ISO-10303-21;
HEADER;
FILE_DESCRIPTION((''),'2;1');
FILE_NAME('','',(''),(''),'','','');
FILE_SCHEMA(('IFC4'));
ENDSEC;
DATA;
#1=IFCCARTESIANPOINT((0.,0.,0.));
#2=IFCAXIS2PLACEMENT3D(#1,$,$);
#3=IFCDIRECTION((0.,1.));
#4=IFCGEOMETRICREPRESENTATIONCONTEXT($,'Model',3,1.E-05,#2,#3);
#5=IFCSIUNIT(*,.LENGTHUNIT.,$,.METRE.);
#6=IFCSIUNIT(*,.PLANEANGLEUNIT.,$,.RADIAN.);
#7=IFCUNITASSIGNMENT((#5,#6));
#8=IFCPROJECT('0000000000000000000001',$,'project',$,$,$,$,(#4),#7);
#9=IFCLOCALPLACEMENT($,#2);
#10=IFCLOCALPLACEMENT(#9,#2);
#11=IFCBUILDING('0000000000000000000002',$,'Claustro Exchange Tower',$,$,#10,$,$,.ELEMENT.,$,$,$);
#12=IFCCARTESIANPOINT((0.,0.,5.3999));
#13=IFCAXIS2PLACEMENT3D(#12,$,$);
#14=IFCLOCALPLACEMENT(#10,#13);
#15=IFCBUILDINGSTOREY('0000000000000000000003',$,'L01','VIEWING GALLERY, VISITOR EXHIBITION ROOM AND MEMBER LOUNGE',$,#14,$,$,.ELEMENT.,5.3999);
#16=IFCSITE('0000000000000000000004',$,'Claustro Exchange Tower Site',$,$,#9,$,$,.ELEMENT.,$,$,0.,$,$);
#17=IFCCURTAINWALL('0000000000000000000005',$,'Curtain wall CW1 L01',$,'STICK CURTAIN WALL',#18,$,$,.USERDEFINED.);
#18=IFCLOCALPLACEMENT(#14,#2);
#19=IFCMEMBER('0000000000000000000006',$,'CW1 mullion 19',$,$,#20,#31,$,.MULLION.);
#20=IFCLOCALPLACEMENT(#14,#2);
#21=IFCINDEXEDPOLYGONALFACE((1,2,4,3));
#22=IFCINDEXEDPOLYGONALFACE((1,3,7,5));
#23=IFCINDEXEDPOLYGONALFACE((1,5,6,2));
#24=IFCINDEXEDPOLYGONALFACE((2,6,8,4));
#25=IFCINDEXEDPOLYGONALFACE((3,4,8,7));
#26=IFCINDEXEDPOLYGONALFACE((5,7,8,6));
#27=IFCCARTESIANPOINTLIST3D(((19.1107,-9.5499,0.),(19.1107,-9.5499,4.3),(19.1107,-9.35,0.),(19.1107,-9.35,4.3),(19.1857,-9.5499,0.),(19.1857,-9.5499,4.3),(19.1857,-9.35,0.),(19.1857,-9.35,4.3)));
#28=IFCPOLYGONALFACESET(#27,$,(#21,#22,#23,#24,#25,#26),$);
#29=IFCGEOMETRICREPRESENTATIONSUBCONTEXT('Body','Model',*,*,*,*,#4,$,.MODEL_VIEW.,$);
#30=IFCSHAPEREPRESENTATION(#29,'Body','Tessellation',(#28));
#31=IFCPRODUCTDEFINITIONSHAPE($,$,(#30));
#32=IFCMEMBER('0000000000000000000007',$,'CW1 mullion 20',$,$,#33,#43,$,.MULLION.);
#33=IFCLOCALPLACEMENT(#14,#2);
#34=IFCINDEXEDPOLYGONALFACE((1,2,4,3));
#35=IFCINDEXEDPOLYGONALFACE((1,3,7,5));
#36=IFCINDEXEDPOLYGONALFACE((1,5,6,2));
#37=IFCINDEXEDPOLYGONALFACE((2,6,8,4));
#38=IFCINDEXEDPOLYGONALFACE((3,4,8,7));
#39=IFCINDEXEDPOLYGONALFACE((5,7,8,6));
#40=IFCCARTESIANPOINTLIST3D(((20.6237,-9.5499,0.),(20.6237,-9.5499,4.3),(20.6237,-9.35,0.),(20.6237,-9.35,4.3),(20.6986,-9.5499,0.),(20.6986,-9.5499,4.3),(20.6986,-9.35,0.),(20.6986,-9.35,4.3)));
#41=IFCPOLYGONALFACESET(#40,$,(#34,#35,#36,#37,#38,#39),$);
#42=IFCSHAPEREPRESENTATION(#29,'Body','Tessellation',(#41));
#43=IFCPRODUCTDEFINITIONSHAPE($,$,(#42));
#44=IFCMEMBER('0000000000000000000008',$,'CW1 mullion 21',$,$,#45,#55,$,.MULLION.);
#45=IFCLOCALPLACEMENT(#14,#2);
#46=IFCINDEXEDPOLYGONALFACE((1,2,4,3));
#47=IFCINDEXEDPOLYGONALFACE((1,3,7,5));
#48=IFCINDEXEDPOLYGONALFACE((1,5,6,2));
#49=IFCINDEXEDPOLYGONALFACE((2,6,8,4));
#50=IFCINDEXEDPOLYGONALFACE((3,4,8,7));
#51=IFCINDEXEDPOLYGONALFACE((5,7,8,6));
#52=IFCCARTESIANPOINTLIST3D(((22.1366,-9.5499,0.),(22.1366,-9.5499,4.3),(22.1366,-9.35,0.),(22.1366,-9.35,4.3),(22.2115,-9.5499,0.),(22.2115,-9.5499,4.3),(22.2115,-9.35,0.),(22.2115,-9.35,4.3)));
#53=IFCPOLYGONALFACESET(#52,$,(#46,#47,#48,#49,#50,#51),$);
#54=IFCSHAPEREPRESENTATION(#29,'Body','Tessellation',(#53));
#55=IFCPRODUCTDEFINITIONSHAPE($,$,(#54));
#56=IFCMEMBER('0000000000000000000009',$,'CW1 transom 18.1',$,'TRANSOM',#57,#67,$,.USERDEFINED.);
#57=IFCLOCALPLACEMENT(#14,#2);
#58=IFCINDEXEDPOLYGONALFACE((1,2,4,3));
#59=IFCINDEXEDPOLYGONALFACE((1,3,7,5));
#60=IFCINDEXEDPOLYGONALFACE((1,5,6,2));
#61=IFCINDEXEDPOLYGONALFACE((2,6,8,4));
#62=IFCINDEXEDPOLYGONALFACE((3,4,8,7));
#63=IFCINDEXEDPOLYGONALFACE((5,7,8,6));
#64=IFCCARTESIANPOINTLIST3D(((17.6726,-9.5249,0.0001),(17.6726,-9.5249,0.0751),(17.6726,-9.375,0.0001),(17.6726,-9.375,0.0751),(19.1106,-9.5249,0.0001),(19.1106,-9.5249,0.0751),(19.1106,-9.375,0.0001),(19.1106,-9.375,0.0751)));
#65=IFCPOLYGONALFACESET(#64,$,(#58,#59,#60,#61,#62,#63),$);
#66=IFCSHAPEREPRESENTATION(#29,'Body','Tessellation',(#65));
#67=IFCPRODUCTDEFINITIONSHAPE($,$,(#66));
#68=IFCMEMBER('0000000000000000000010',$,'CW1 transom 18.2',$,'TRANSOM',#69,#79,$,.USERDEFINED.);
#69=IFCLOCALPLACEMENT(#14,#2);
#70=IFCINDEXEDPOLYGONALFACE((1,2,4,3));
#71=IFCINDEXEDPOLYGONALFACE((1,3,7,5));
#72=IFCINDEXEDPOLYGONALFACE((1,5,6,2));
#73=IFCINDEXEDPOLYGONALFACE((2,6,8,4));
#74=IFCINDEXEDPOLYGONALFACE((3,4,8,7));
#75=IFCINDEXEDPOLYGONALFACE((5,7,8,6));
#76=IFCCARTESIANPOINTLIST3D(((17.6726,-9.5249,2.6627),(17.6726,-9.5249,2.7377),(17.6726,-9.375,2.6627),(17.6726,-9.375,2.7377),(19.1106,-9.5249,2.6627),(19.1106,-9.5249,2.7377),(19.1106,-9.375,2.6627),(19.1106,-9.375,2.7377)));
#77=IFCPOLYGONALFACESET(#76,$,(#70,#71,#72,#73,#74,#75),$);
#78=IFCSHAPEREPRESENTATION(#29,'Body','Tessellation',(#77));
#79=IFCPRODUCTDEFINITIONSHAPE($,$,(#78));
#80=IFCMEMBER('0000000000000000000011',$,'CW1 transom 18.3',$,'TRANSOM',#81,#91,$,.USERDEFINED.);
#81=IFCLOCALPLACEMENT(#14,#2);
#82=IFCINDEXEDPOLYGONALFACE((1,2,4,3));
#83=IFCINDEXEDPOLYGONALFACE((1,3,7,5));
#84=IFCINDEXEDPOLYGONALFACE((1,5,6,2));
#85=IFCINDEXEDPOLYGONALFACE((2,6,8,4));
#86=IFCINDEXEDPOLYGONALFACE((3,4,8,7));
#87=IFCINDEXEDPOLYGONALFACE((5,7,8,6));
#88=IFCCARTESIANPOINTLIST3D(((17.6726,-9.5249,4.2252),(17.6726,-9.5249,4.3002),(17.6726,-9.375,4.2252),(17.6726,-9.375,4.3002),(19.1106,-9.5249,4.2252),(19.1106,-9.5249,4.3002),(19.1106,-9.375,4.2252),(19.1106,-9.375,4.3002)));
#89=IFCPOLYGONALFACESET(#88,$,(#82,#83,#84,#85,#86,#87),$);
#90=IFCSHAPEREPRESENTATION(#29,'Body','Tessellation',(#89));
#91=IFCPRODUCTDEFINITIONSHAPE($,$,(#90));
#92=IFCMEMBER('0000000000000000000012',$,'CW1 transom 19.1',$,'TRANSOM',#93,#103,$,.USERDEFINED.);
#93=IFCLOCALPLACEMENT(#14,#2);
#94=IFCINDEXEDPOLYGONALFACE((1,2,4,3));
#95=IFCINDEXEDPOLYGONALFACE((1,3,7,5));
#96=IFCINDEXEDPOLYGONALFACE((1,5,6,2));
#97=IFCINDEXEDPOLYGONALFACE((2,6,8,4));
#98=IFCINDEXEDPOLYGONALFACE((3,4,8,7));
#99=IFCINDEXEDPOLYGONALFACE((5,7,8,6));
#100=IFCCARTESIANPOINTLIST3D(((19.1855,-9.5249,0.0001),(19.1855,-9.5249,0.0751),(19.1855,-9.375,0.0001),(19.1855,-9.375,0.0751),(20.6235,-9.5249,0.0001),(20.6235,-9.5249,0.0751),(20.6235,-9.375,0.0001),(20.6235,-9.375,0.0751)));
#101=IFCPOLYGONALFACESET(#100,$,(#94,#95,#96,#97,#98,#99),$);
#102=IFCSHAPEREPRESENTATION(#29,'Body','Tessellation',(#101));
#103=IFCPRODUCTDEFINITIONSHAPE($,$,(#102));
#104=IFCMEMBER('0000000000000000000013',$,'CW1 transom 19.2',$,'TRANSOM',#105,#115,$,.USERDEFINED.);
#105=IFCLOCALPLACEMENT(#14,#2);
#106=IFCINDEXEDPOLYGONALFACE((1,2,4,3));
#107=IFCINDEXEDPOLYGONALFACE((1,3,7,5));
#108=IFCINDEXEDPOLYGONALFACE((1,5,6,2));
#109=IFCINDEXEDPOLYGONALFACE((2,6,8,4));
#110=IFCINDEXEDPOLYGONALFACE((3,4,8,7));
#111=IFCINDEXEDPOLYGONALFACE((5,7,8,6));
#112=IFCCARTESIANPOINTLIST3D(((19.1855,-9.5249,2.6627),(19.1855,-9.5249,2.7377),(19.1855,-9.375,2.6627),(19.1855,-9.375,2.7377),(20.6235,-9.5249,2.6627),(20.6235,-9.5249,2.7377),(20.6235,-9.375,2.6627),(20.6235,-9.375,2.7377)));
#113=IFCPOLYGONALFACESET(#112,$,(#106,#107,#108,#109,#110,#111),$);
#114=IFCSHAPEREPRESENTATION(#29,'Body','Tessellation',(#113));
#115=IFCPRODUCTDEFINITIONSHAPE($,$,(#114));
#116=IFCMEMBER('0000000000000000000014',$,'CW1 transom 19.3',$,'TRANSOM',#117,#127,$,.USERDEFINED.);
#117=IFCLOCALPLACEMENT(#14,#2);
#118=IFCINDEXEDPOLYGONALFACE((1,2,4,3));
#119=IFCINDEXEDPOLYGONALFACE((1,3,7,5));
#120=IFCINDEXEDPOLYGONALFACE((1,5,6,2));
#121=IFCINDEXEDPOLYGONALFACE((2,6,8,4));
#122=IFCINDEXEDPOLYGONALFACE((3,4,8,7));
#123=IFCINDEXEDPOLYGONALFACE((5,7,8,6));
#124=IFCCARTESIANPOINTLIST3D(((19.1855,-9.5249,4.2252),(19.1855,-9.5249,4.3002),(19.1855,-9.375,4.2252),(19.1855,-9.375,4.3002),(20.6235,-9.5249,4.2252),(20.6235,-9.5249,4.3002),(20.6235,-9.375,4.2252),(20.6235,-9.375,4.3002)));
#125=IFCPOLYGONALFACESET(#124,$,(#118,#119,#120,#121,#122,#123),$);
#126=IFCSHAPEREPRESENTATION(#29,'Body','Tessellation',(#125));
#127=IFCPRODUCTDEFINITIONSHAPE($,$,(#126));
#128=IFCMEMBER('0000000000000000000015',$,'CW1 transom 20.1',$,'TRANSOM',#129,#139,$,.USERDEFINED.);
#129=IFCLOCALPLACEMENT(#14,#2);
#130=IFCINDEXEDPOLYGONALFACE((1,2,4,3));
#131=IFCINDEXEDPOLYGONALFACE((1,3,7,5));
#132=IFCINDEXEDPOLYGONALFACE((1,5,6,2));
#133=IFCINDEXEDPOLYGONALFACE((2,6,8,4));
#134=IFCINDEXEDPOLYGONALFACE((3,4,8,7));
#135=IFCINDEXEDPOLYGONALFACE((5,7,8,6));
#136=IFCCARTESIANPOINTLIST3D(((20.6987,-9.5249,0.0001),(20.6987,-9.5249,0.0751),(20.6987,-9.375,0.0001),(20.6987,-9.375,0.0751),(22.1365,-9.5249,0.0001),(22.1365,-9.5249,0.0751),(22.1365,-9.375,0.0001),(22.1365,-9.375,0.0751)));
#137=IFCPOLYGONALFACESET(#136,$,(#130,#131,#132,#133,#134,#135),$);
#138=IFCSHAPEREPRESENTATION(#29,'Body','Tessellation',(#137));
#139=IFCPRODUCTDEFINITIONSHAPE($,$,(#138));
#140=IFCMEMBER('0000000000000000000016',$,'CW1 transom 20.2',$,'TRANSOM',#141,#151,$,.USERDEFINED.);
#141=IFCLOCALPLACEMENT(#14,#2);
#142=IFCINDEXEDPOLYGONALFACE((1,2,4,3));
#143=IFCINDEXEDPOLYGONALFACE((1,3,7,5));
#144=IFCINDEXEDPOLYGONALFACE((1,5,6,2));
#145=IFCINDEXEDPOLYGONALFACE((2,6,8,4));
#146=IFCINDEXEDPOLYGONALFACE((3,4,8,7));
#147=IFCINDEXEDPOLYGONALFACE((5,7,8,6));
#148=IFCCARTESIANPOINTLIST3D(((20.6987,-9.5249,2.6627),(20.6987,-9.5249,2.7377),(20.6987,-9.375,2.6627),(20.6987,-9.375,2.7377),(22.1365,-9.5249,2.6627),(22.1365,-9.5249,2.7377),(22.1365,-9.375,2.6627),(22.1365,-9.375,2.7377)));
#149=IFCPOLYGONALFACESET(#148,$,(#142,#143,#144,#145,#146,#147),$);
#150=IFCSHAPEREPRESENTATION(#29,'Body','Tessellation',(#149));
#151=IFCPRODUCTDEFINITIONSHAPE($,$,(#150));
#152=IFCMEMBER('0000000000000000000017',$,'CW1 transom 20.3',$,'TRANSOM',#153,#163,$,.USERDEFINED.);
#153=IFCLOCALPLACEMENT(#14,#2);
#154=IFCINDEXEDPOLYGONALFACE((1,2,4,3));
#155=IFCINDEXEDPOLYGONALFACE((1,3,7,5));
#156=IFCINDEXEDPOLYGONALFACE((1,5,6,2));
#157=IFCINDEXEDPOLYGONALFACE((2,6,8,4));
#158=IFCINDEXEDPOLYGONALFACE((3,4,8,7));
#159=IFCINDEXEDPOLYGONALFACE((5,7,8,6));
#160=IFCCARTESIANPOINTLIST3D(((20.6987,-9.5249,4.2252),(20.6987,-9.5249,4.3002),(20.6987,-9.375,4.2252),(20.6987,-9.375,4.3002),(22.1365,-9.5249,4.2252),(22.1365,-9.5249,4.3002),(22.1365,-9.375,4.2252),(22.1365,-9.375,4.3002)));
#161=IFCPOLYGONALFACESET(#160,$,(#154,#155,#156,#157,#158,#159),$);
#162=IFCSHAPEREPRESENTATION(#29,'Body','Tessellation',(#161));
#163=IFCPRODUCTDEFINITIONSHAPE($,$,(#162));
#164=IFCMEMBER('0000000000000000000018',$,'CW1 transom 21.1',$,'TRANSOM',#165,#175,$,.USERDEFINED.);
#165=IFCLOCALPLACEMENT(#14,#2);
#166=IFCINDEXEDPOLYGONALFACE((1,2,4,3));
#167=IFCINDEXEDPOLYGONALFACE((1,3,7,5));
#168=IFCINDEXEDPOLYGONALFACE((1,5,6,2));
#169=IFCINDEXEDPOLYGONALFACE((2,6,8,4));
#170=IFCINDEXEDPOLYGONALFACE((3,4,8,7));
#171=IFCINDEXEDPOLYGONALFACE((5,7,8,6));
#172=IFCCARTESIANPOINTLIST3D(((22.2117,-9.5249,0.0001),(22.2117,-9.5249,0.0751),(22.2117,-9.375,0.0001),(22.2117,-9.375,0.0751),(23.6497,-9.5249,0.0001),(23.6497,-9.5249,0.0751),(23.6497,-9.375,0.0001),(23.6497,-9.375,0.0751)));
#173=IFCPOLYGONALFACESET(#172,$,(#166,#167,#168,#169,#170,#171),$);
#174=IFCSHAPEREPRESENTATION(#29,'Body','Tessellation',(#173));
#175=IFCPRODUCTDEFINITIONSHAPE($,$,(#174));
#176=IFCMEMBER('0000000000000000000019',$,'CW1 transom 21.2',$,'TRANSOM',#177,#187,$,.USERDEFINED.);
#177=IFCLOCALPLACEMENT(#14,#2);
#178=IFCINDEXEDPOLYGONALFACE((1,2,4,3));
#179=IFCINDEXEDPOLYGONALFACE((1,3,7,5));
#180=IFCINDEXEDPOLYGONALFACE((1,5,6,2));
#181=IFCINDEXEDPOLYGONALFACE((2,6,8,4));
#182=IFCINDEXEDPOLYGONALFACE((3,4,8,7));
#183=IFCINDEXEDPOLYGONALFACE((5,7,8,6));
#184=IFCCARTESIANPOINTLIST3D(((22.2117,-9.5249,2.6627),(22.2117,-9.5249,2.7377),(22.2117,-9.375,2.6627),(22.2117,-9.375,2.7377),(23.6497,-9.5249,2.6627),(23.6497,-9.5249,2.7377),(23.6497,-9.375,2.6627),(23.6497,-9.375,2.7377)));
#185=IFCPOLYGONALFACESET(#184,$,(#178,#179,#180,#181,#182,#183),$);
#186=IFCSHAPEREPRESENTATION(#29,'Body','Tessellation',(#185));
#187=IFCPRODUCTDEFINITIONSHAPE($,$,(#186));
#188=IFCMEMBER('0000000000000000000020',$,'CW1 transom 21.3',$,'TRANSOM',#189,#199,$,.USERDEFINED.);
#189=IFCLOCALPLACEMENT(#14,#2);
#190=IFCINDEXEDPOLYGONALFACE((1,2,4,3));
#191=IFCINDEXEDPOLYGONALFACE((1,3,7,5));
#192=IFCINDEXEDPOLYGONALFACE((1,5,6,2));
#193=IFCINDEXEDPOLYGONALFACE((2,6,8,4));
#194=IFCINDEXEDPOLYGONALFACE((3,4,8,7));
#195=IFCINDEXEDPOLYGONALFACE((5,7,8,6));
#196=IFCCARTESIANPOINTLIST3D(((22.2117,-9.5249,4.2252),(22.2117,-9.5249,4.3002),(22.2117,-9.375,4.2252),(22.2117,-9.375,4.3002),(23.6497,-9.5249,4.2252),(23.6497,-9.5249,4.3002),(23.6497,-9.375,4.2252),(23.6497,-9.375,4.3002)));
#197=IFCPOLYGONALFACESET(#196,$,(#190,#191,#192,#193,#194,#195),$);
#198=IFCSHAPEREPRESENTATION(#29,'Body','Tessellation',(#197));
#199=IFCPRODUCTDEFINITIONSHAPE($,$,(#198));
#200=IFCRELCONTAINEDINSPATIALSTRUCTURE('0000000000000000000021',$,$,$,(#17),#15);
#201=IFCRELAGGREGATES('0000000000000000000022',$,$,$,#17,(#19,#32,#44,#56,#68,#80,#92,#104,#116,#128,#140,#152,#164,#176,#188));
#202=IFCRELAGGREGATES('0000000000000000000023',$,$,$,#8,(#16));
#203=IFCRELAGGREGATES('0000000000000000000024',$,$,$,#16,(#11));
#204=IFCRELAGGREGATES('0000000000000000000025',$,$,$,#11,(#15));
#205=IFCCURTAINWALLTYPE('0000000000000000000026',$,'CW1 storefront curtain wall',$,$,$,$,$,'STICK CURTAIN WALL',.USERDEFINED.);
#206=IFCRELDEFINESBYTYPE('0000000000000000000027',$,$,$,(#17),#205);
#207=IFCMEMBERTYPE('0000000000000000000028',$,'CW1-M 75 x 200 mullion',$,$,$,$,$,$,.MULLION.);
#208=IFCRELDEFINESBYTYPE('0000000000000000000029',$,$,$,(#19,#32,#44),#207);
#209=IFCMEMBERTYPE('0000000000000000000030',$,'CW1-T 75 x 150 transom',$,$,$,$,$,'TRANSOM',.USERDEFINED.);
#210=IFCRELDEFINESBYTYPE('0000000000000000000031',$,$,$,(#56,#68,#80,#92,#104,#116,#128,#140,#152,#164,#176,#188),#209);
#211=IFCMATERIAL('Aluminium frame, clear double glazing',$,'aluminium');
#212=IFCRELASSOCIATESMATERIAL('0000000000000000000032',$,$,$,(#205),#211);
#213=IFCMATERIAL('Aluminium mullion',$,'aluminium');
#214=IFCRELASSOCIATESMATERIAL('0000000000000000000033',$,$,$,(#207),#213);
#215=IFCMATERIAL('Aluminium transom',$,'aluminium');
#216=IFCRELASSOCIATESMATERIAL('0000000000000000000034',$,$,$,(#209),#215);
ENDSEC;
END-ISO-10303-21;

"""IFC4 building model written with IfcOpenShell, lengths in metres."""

from ifc_helpers import new_model, si_unit, direction, frame, origin, origin_2d, place, context, subcontext, project, spatial, rectangle, extrude, material, material_profile, profile_set, type_object, element, aggregate, save


model = new_model("IFC4")

# Units and contexts
model_context = context("Model", 3, precision=1e-05, world=origin(), true_north=direction((0.0, 1.0)))
body_context = subcontext(model_context, "Body", "Model", "MODEL_VIEW")
ifc_project = project(units=[si_unit("LENGTHUNIT", "METRE"), si_unit("PLANEANGLEUNIT", "RADIAN")], contexts=[model_context])

# Site, building, storey
site_placement = place(None, origin())
site = spatial("IfcSite", under=ifc_project, at=site_placement, Name="Claustro Exchange Tower Site", CompositionType="ELEMENT", RefElevation=0.0)
building_placement = place(site_placement, origin())
building = spatial("IfcBuilding", under=site, at=building_placement, Name="Claustro Exchange Tower", CompositionType="ELEMENT")
storey_placement = place(building_placement, frame((0.0, 0.0, 5.3999)))
storey = spatial("IfcBuildingStorey", under=building, at=storey_placement, Name="L01", Description="VIEWING GALLERY, VISITOR EXHIBITION ROOM AND MEMBER LOUNGE", CompositionType="ELEMENT", Elevation=5.3999)

# Curtain wall, members
ifc_material_1 = material(Name="Aluminium frame, clear double glazing", Category="aluminium")
curtain_wall_type = type_object("IfcCurtainWallType", Name="CW1 storefront curtain wall", ElementType="STICK CURTAIN WALL", PredefinedType="USERDEFINED", material=ifc_material_1)
curtain_wall_placement = place(storey_placement, origin())
curtain_wall = element("IfcCurtainWall", 1, at=curtain_wall_placement, inside=storey, type_object=curtain_wall_type, Name="Curtain wall CW1 L01", ObjectType="STICK CURTAIN WALL", PredefinedType="USERDEFINED")
ifc_material_2 = material(Name="Aluminium mullion", Category="aluminium")
ifc_material_profile_1 = material_profile(ifc_material_2, rectangle(XDim=0.2, YDim=0.075, at=origin_2d()), Name="CW1-M 75x200")
ifc_profile_set_1 = profile_set([ifc_material_profile_1], Name="Aluminium mullion")
member_type_1 = type_object("IfcMemberType", Name="CW1-M 75 x 200 mullion", PredefinedType="MULLION", material=ifc_profile_set_1)
member_1_placement = place(storey_placement, frame((19.1482, -9.45, 0.0), z_axis=(0.0, 0.0, 1.0), x_axis=(0.0, 1.0, 0.0)))
member_1 = element("IfcMember", 2, at=member_1_placement, type_object=member_type_1, Name="CW1 mullion 19", PredefinedType="MULLION", context=body_context, shape_type="SweptSolid", body=[
    extrude(rectangle(XDim=0.2, YDim=0.075, at=origin_2d()), origin(), (0.0, 0.0, 1.0), 4.3),
])
member_2_placement = place(storey_placement, frame((20.6611, -9.45, 0.0), z_axis=(0.0, 0.0, 1.0), x_axis=(0.0, 1.0, 0.0)))
member_2 = element("IfcMember", 3, at=member_2_placement, type_object=member_type_1, Name="CW1 mullion 20", PredefinedType="MULLION", context=body_context, shape_type="SweptSolid", body=[
    extrude(rectangle(XDim=0.2, YDim=0.075, at=origin_2d()), origin(), (0.0, 0.0, 1.0), 4.3),
])
member_3_placement = place(storey_placement, frame((22.1741, -9.45, 0.0), z_axis=(0.0, 0.0, 1.0), x_axis=(0.0, 1.0, 0.0)))
member_3 = element("IfcMember", 4, at=member_3_placement, type_object=member_type_1, Name="CW1 mullion 21", PredefinedType="MULLION", context=body_context, shape_type="SweptSolid", body=[
    extrude(rectangle(XDim=0.2, YDim=0.075, at=origin_2d()), origin(), (0.0, 0.0, 1.0), 4.3),
])
ifc_material_3 = material(Name="Aluminium transom", Category="aluminium")
ifc_material_profile_2 = material_profile(ifc_material_3, rectangle(XDim=0.1499, YDim=0.075, at=origin_2d()), Name="CW1-T 75x150")
ifc_profile_set_2 = profile_set([ifc_material_profile_2], Name="Aluminium transom")
member_type_2 = type_object("IfcMemberType", Name="CW1-T 75 x 150 transom", ElementType="TRANSOM", PredefinedType="USERDEFINED", material=ifc_profile_set_2)
member_4_placement = place(storey_placement, frame((17.6726, -9.45, 0.0376), z_axis=(1.0, 0.0, 0.0), x_axis=(0.0, 1.0, 0.0)))
member_4 = element("IfcMember", 5, at=member_4_placement, type_object=member_type_2, Name="CW1 transom 18.1", ObjectType="TRANSOM", PredefinedType="USERDEFINED", context=body_context, shape_type="SweptSolid", body=[
    extrude(rectangle(XDim=0.1499, YDim=0.075, at=origin_2d()), origin(), (0.0, 0.0, 1.0), 1.438),
])
member_5_placement = place(storey_placement, frame((17.6726, -9.45, 2.7002), z_axis=(1.0, 0.0, 0.0), x_axis=(0.0, 1.0, 0.0)))
member_5 = element("IfcMember", 6, at=member_5_placement, type_object=member_type_2, Name="CW1 transom 18.2", ObjectType="TRANSOM", PredefinedType="USERDEFINED", context=body_context, shape_type="SweptSolid", body=[
    extrude(rectangle(XDim=0.1499, YDim=0.075, at=origin_2d()), origin(), (0.0, 0.0, 1.0), 1.438),
])
member_6_placement = place(storey_placement, frame((17.6726, -9.45, 4.2627), z_axis=(1.0, 0.0, 0.0), x_axis=(0.0, 1.0, 0.0)))
member_6 = element("IfcMember", 7, at=member_6_placement, type_object=member_type_2, Name="CW1 transom 18.3", ObjectType="TRANSOM", PredefinedType="USERDEFINED", context=body_context, shape_type="SweptSolid", body=[
    extrude(rectangle(XDim=0.1499, YDim=0.075, at=origin_2d()), origin(), (0.0, 0.0, 1.0), 1.438),
])
member_7_placement = place(storey_placement, frame((19.1855, -9.45, 0.0376), z_axis=(1.0, 0.0, 0.0), x_axis=(0.0, 1.0, 0.0)))
member_7 = element("IfcMember", 8, at=member_7_placement, type_object=member_type_2, Name="CW1 transom 19.1", ObjectType="TRANSOM", PredefinedType="USERDEFINED", context=body_context, shape_type="SweptSolid", body=[
    extrude(rectangle(XDim=0.1499, YDim=0.075, at=origin_2d()), origin(), (0.0, 0.0, 1.0), 1.438),
])
member_8_placement = place(storey_placement, frame((19.1855, -9.45, 2.7002), z_axis=(1.0, 0.0, 0.0), x_axis=(0.0, 1.0, 0.0)))
member_8 = element("IfcMember", 9, at=member_8_placement, type_object=member_type_2, Name="CW1 transom 19.2", ObjectType="TRANSOM", PredefinedType="USERDEFINED", context=body_context, shape_type="SweptSolid", body=[
    extrude(rectangle(XDim=0.1499, YDim=0.075, at=origin_2d()), origin(), (0.0, 0.0, 1.0), 1.438),
])
member_9_placement = place(storey_placement, frame((19.1855, -9.45, 4.2627), z_axis=(1.0, 0.0, 0.0), x_axis=(0.0, 1.0, 0.0)))
member_9 = element("IfcMember", 10, at=member_9_placement, type_object=member_type_2, Name="CW1 transom 19.3", ObjectType="TRANSOM", PredefinedType="USERDEFINED", context=body_context, shape_type="SweptSolid", body=[
    extrude(rectangle(XDim=0.1499, YDim=0.075, at=origin_2d()), origin(), (0.0, 0.0, 1.0), 1.438),
])
member_10_placement = place(storey_placement, frame((20.6987, -9.45, 0.0376), z_axis=(1.0, 0.0, 0.0), x_axis=(0.0, 1.0, 0.0)))
member_10 = element("IfcMember", 11, at=member_10_placement, type_object=member_type_2, Name="CW1 transom 20.1", ObjectType="TRANSOM", PredefinedType="USERDEFINED", context=body_context, shape_type="SweptSolid", body=[
    extrude(rectangle(XDim=0.1499, YDim=0.075, at=origin_2d()), origin(), (0.0, 0.0, 1.0), 1.4377),
])
member_11_placement = place(storey_placement, frame((20.6987, -9.45, 2.7002), z_axis=(1.0, 0.0, 0.0), x_axis=(0.0, 1.0, 0.0)))
member_11 = element("IfcMember", 12, at=member_11_placement, type_object=member_type_2, Name="CW1 transom 20.2", ObjectType="TRANSOM", PredefinedType="USERDEFINED", context=body_context, shape_type="SweptSolid", body=[
    extrude(rectangle(XDim=0.1499, YDim=0.075, at=origin_2d()), origin(), (0.0, 0.0, 1.0), 1.4377),
])
member_12_placement = place(storey_placement, frame((20.6987, -9.45, 4.2627), z_axis=(1.0, 0.0, 0.0), x_axis=(0.0, 1.0, 0.0)))
member_12 = element("IfcMember", 13, at=member_12_placement, type_object=member_type_2, Name="CW1 transom 20.3", ObjectType="TRANSOM", PredefinedType="USERDEFINED", context=body_context, shape_type="SweptSolid", body=[
    extrude(rectangle(XDim=0.1499, YDim=0.075, at=origin_2d()), origin(), (0.0, 0.0, 1.0), 1.4377),
])
member_13_placement = place(storey_placement, frame((22.2117, -9.45, 0.0376), z_axis=(1.0, 0.0, 0.0), x_axis=(0.0, 1.0, 0.0)))
member_13 = element("IfcMember", 14, at=member_13_placement, type_object=member_type_2, Name="CW1 transom 21.1", ObjectType="TRANSOM", PredefinedType="USERDEFINED", context=body_context, shape_type="SweptSolid", body=[
    extrude(rectangle(XDim=0.1499, YDim=0.075, at=origin_2d()), origin(), (0.0, 0.0, 1.0), 1.438),
])
member_14_placement = place(storey_placement, frame((22.2117, -9.45, 2.7002), z_axis=(1.0, 0.0, 0.0), x_axis=(0.0, 1.0, 0.0)))
member_14 = element("IfcMember", 15, at=member_14_placement, type_object=member_type_2, Name="CW1 transom 21.2", ObjectType="TRANSOM", PredefinedType="USERDEFINED", context=body_context, shape_type="SweptSolid", body=[
    extrude(rectangle(XDim=0.1499, YDim=0.075, at=origin_2d()), origin(), (0.0, 0.0, 1.0), 1.438),
])
member_15_placement = place(storey_placement, frame((22.2117, -9.45, 4.2627), z_axis=(1.0, 0.0, 0.0), x_axis=(0.0, 1.0, 0.0)))
member_15 = element("IfcMember", 16, at=member_15_placement, type_object=member_type_2, Name="CW1 transom 21.3", ObjectType="TRANSOM", PredefinedType="USERDEFINED", context=body_context, shape_type="SweptSolid", body=[
    extrude(rectangle(XDim=0.1499, YDim=0.075, at=origin_2d()), origin(), (0.0, 0.0, 1.0), 1.438),
])
aggregate(curtain_wall, [member_1, member_2, member_3, member_4, member_5, member_6, member_7, member_8, member_9, member_10, member_11, member_12, member_13, member_14, member_15])

save(model, "model.ifc")
